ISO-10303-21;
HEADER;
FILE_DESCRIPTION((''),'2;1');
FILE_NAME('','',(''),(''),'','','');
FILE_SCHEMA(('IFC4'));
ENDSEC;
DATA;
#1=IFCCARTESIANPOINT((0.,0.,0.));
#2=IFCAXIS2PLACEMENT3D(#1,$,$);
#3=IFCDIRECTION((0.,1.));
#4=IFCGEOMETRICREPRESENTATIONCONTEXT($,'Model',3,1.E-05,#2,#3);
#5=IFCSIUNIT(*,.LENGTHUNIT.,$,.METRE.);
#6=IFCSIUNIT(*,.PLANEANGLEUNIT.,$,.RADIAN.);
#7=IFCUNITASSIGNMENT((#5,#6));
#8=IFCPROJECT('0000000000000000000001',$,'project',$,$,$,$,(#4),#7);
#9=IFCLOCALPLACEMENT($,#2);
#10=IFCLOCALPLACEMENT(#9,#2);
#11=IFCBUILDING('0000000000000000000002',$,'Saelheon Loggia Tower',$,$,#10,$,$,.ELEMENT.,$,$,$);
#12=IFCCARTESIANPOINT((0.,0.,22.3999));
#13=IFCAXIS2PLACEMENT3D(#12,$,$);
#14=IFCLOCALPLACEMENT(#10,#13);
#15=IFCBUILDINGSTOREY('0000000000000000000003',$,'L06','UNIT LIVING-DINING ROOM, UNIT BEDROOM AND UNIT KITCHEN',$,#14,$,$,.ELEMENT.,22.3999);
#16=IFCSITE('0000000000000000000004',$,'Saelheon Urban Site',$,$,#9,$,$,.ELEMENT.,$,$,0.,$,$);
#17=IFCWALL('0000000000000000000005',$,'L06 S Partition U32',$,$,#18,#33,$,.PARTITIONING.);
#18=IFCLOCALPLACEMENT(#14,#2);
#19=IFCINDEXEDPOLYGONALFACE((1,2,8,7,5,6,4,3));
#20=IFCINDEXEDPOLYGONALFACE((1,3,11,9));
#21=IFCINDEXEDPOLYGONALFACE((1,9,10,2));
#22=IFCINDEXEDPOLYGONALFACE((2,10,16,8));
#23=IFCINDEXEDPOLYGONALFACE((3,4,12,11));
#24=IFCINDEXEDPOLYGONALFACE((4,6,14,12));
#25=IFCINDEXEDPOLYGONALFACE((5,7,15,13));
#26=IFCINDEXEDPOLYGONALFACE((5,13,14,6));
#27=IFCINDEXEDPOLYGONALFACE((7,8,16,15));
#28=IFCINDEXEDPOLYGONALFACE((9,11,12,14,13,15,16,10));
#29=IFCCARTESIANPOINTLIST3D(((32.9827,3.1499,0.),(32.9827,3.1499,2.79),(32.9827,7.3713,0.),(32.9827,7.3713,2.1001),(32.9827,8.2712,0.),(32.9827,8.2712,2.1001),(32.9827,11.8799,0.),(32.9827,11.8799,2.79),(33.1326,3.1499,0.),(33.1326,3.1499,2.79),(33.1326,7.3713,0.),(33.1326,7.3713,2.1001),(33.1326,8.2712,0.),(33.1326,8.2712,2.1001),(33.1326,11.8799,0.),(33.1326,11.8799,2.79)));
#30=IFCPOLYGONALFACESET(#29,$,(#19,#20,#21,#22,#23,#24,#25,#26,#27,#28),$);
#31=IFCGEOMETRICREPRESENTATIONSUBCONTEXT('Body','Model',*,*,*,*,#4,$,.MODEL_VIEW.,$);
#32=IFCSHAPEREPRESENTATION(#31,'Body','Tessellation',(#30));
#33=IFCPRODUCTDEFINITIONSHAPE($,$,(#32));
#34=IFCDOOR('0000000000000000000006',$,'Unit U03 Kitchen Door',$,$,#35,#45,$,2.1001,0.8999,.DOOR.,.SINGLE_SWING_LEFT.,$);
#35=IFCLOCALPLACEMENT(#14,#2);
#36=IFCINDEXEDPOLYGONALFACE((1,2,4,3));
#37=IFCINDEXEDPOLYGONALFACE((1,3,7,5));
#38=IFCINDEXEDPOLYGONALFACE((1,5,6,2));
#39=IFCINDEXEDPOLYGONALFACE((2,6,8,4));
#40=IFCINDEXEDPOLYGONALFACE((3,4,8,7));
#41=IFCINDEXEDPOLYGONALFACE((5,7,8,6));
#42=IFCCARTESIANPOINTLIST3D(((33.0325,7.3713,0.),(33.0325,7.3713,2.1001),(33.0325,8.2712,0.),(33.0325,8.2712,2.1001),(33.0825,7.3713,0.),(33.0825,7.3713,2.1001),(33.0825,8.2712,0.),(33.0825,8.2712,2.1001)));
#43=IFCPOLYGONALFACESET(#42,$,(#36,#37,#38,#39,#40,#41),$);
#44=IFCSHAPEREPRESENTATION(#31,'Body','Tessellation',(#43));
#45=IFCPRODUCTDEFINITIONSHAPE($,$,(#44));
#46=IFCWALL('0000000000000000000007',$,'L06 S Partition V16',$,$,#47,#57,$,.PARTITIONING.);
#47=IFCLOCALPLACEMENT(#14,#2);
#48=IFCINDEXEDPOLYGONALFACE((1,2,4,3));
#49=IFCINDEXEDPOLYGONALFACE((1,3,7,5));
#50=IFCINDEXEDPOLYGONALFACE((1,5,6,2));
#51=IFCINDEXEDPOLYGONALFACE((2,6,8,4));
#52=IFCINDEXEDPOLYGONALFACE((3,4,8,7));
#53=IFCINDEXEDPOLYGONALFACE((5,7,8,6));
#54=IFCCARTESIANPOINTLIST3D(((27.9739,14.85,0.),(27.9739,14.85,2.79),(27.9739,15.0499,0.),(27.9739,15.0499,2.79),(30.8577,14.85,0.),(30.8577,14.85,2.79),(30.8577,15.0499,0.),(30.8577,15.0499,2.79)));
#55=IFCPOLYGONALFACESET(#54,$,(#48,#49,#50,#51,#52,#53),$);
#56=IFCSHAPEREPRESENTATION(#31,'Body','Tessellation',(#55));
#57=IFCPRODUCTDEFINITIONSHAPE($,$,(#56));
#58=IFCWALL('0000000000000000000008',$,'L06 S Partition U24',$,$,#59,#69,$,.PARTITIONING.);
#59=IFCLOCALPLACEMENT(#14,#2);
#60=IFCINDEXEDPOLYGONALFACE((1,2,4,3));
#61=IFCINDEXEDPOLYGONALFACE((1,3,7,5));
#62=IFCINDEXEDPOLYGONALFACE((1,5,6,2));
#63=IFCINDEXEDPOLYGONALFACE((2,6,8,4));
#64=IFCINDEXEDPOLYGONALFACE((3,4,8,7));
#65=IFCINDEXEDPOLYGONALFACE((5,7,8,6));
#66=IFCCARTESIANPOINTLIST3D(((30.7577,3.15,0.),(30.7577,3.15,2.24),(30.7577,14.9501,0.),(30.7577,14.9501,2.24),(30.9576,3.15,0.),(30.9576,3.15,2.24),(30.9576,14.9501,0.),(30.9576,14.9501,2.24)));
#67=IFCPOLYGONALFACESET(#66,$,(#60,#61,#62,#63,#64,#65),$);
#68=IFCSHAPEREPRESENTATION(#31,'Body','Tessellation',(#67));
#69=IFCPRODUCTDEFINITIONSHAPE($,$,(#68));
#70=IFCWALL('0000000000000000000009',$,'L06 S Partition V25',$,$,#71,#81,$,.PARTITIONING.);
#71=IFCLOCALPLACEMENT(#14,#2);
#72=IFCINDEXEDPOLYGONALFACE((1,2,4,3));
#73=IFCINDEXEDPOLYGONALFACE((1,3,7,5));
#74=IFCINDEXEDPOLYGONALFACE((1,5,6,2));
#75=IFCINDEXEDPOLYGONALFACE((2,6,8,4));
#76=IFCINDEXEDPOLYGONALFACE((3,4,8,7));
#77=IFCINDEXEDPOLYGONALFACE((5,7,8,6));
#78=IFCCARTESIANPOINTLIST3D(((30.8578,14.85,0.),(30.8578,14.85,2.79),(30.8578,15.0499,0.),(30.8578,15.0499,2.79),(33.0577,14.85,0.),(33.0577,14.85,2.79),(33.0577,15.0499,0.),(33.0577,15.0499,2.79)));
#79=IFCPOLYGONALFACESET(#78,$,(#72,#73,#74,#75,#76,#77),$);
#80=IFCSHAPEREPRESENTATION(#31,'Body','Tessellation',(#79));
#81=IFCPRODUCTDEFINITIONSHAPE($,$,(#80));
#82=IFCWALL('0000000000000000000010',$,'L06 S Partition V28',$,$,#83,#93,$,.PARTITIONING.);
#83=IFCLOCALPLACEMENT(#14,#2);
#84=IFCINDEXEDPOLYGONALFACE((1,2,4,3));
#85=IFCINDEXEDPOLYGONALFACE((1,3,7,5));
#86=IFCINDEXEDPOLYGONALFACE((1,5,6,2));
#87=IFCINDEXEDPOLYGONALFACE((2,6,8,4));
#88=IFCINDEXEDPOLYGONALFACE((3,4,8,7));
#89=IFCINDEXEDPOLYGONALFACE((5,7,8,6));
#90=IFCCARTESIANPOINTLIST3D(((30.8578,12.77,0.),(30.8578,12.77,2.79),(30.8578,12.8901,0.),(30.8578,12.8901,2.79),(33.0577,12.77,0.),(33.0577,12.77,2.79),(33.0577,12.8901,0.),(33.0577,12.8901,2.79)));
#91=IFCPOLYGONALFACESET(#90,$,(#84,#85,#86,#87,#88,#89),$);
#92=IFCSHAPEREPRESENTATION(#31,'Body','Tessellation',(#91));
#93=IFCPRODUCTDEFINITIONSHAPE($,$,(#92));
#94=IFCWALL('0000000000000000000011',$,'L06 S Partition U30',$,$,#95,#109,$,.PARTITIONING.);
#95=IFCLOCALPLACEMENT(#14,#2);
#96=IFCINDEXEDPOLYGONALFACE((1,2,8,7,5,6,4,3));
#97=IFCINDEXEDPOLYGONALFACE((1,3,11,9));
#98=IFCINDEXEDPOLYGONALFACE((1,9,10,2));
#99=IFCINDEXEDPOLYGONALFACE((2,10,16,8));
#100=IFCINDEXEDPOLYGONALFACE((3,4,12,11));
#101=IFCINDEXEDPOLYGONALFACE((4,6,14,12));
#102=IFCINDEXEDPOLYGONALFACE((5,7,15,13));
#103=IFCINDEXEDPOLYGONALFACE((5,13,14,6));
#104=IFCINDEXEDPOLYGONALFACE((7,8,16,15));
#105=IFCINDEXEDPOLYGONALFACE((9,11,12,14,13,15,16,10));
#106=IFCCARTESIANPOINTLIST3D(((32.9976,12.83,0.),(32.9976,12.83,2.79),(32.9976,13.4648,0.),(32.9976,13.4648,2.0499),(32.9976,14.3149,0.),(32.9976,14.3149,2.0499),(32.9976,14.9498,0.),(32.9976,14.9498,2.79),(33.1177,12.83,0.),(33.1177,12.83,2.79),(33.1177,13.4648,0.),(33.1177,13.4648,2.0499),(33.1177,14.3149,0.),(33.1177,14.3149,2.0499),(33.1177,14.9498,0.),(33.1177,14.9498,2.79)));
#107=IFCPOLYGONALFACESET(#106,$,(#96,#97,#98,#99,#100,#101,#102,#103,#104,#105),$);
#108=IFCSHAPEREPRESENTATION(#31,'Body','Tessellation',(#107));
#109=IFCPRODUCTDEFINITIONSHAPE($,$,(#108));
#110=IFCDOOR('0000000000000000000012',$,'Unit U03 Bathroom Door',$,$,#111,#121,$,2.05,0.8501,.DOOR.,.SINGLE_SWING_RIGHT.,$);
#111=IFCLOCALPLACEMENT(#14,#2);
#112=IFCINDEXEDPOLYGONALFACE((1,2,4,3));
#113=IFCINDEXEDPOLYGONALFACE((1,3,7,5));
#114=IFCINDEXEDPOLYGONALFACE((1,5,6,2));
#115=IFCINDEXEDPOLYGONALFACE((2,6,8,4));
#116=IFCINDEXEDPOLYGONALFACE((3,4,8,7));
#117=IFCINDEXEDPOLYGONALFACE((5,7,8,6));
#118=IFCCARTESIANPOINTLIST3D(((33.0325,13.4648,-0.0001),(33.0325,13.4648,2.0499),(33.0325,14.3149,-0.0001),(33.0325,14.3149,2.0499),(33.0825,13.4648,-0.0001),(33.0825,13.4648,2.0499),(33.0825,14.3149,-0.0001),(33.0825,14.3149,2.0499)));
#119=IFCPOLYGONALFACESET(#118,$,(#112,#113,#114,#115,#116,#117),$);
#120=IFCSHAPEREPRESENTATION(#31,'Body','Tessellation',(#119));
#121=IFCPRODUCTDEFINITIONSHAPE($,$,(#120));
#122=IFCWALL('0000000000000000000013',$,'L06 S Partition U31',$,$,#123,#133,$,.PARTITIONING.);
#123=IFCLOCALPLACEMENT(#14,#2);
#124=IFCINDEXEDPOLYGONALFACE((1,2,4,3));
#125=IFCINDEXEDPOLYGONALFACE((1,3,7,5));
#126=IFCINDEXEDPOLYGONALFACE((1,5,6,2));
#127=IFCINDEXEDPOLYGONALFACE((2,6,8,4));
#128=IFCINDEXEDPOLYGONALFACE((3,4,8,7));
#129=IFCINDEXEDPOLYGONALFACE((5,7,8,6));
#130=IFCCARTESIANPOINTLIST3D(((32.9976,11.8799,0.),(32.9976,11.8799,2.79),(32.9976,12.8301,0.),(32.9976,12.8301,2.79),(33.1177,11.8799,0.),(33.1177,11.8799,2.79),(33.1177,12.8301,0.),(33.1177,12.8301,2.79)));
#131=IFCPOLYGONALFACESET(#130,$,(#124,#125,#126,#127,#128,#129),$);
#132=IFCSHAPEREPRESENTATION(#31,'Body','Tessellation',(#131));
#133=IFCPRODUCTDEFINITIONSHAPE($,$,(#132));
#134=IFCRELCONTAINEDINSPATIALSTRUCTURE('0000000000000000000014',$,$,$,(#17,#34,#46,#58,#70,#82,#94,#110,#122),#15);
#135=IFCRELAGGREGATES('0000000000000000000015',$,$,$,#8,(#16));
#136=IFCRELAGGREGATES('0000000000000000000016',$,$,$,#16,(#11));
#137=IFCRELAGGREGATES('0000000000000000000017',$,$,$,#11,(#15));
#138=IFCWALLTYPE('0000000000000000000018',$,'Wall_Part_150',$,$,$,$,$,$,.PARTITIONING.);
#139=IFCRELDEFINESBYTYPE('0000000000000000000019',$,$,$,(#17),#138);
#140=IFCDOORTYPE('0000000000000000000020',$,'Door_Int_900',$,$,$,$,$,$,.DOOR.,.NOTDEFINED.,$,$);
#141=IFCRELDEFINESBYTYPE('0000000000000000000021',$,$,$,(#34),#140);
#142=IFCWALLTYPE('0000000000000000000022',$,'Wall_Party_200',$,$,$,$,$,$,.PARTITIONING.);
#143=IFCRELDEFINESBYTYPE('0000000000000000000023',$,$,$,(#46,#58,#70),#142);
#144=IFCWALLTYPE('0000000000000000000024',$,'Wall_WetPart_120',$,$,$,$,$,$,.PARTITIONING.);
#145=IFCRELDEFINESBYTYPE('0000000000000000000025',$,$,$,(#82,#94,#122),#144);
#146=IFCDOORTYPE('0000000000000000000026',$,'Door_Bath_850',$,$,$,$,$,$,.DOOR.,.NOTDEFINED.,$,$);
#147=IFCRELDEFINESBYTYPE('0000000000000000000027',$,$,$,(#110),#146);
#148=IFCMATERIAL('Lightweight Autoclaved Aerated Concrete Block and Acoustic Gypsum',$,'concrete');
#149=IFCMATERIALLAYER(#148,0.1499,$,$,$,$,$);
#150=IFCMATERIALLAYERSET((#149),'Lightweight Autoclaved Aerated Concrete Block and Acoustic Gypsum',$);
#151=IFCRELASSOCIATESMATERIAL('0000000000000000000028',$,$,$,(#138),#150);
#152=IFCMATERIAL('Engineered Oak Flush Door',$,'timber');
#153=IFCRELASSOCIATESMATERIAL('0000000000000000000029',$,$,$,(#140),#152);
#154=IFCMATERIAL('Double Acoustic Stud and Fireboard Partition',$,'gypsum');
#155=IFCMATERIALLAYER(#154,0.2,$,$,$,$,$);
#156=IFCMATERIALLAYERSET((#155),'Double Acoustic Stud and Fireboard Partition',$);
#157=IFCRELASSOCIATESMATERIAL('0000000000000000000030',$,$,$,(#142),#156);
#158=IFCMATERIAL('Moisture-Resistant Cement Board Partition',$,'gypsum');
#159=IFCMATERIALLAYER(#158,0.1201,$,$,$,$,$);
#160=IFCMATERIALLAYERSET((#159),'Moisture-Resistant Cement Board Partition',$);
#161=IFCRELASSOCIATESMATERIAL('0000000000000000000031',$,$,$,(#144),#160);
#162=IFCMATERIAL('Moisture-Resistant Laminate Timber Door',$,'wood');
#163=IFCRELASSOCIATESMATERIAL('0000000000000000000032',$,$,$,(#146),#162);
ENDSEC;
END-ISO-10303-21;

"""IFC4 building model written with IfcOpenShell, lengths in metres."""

from ifc_helpers import new_model, si_unit, direction, frame, frame_2d, origin, place, context, subcontext, project, spatial, rectangle, extrude, source, transform, mapped, material, layer, layer_set, type_object, element, fill, save


model = new_model("IFC4")

# Units and contexts
model_context = context("Model", 3, precision=1e-05, world=origin(), true_north=direction((0.0, 1.0)))
body_context = subcontext(model_context, "Body", "Model", "MODEL_VIEW")
ifc_project = project(units=[si_unit("LENGTHUNIT", "METRE"), si_unit("PLANEANGLEUNIT", "RADIAN")], contexts=[model_context])

# Site, building, storey
site_placement = place(None, origin())
site = spatial("IfcSite", under=ifc_project, at=site_placement, Name="Saelheon Urban Site", CompositionType="ELEMENT", RefElevation=0.0)
building_placement = place(site_placement, origin())
building = spatial("IfcBuilding", under=site, at=building_placement, Name="Saelheon Loggia Tower", CompositionType="ELEMENT")
storey_placement = place(building_placement, frame((0.0, 0.0, 22.3999)))
storey = spatial("IfcBuildingStorey", under=building, at=storey_placement, Name="L06", Description="UNIT LIVING-DINING ROOM, UNIT BEDROOM AND UNIT KITCHEN", CompositionType="ELEMENT", Elevation=22.3999)

# Wall, opening, door
ifc_material_1 = material(Name="Lightweight Autoclaved Aerated Concrete Block and Acoustic Gypsum", Category="concrete")
ifc_layer_1 = layer(ifc_material_1, 0.1499)
ifc_layer_set_1 = layer_set([ifc_layer_1], Name="Lightweight Autoclaved Aerated Concrete Block and Acoustic Gypsum")
wall_type_1 = type_object("IfcWallType", Name="Wall_Part_150", PredefinedType="PARTITIONING", material=ifc_layer_set_1)
ifc_material_2 = material(Name="Engineered Oak Flush Door", Category="timber")
door_type_1 = type_object("IfcDoorType", Name="Door_Int_900", OperationType="NOTDEFINED", PredefinedType="DOOR", material=ifc_material_2)
shared_shape_1 = source(origin(), body_context, "Body", "SweptSolid", [
    extrude(rectangle(XDim=0.8999, YDim=2.1001, at=frame_2d((0.45, 1.05))), frame((0.0, 0.0249, 0.0), z_axis=(0.0, -1.0, 0.0), x_axis=(1.0, 0.0, 0.0)), (0.0, 0.0, 1.0), 0.05),
])
wall_1_placement = place(storey_placement, frame((33.0576, 11.8799, 0.0), z_axis=(0.0, 0.0, 1.0), x_axis=(0.0, -1.0, 0.0)))
wall_1 = element("IfcWall", 1, at=wall_1_placement, inside=storey, type_object=wall_type_1, Name="L06 S Partition U32", PredefinedType="PARTITIONING", context=body_context, shape_type="SweptSolid", body=[
    extrude(rectangle(XDim=8.73, YDim=0.1499, at=frame_2d((4.365, 0.0))), origin(), (0.0, 0.0, 1.0), 2.79),
])
opening_1_placement = place(wall_1_placement, frame((3.6086, 0.0, 0.0)))
opening_1 = element("IfcOpeningElement", 2, at=opening_1_placement, cuts=wall_1, PredefinedType="OPENING", context=body_context, shape_type="SweptSolid", body=[
    extrude(rectangle(XDim=0.8999, YDim=2.1001, at=frame_2d((0.45, 1.05))), frame((0.0, 0.0869, 0.0), z_axis=(0.0, -1.0, 0.0), x_axis=(1.0, 0.0, 0.0)), (0.0, 0.0, 1.0), 0.1738),
])
door_1_placement = place(opening_1_placement, origin())
door_1 = element("IfcDoor", 3, at=door_1_placement, inside=storey, type_object=door_type_1, Name="Unit U03 Kitchen Door", OperationType="SINGLE_SWING_LEFT", OverallHeight=2.1001, OverallWidth=0.8999, PredefinedType="DOOR", context=body_context, shape_type="MappedRepresentation", body=[
    mapped(shared_shape_1, transform((0.0, 0.0, 0.0), scale=1.0)),
])
fill(opening_1, door_1)

# Walls
ifc_material_3 = material(Name="Double Acoustic Stud and Fireboard Partition", Category="gypsum")
ifc_layer_2 = layer(ifc_material_3, 0.2)
ifc_layer_set_2 = layer_set([ifc_layer_2], Name="Double Acoustic Stud and Fireboard Partition")
wall_type_2 = type_object("IfcWallType", Name="Wall_Party_200", PredefinedType="PARTITIONING", material=ifc_layer_set_2)
wall_2_placement = place(storey_placement, frame((27.9739, 14.95, 0.0), z_axis=(0.0, 0.0, 1.0), x_axis=(1.0, 0.0, 0.0)))
element("IfcWall", 4, at=wall_2_placement, inside=storey, type_object=wall_type_2, Name="L06 S Partition V16", PredefinedType="PARTITIONING", context=body_context, shape_type="SweptSolid", body=[
    extrude(rectangle(XDim=2.8838, YDim=0.2, at=frame_2d((1.4419, 0.0))), origin(), (0.0, 0.0, 1.0), 2.79),
])
wall_3_placement = place(storey_placement, frame((30.8577, 14.95, 0.0), z_axis=(0.0, 0.0, 1.0), x_axis=(0.0, -1.0, 0.0)))
element("IfcWall", 5, at=wall_3_placement, inside=storey, type_object=wall_type_2, Name="L06 S Partition U24", PredefinedType="PARTITIONING", context=body_context, shape_type="SweptSolid", body=[
    extrude(rectangle(XDim=11.8, YDim=0.2, at=frame_2d((5.8999, 0.0))), origin(), (0.0, 0.0, 1.0), 2.24),
])
wall_4_placement = place(storey_placement, frame((30.8577, 14.95, 0.0), z_axis=(0.0, 0.0, 1.0), x_axis=(1.0, 0.0, 0.0)))
element("IfcWall", 6, at=wall_4_placement, inside=storey, type_object=wall_type_2, Name="L06 S Partition V25", PredefinedType="PARTITIONING", context=body_context, shape_type="SweptSolid", body=[
    extrude(rectangle(XDim=2.2, YDim=0.2, at=frame_2d((1.1001, 0.0))), origin(), (0.0, 0.0, 1.0), 2.79),
])

# Wall
ifc_material_4 = material(Name="Moisture-Resistant Cement Board Partition", Category="gypsum")
ifc_layer_3 = layer(ifc_material_4, 0.1201)
ifc_layer_set_3 = layer_set([ifc_layer_3], Name="Moisture-Resistant Cement Board Partition")
wall_type_3 = type_object("IfcWallType", Name="Wall_WetPart_120", PredefinedType="PARTITIONING", material=ifc_layer_set_3)
wall_5_placement = place(storey_placement, frame((30.8577, 12.8301, 0.0), z_axis=(0.0, 0.0, 1.0), x_axis=(1.0, 0.0, 0.0)))
element("IfcWall", 7, at=wall_5_placement, inside=storey, type_object=wall_type_3, Name="L06 S Partition V28", PredefinedType="PARTITIONING", context=body_context, shape_type="SweptSolid", body=[
    extrude(rectangle(XDim=2.2, YDim=0.1201, at=frame_2d((1.1001, 0.0))), origin(), (0.0, 0.0, 1.0), 2.79),
])

# Wall, opening, door
wall_6_placement = place(storey_placement, frame((33.0576, 14.95, 0.0), z_axis=(0.0, 0.0, 1.0), x_axis=(0.0, -1.0, 0.0)))
wall_6 = element("IfcWall", 8, at=wall_6_placement, inside=storey, type_object=wall_type_3, Name="L06 S Partition U30", PredefinedType="PARTITIONING", context=body_context, shape_type="SweptSolid", body=[
    extrude(rectangle(XDim=2.1199, YDim=0.1201, at=frame_2d((1.0601, 0.0))), origin(), (0.0, 0.0, 1.0), 2.79),
])
opening_2_placement = place(wall_6_placement, frame((0.635, 0.0, 0.0)))
opening_2 = element("IfcOpeningElement", 9, at=opening_2_placement, cuts=wall_6, PredefinedType="OPENING", context=body_context, shape_type="SweptSolid", body=[
    extrude(rectangle(XDim=0.8501, YDim=2.05, at=frame_2d((0.425, 1.0249))), frame((0.0, 0.072, 0.0), z_axis=(0.0, -1.0, 0.0), x_axis=(1.0, 0.0, 0.0)), (0.0, 0.0, 1.0), 0.144),
])
ifc_material_5 = material(Name="Moisture-Resistant Laminate Timber Door", Category="wood")
door_type_2 = type_object("IfcDoorType", Name="Door_Bath_850", OperationType="NOTDEFINED", PredefinedType="DOOR", material=ifc_material_5)
shared_shape_2 = source(origin(), body_context, "Body", "SweptSolid", [
    extrude(rectangle(XDim=0.8501, YDim=2.05, at=frame_2d((0.425, 1.0249))), frame((0.0, 0.0249, 0.0), z_axis=(0.0, -1.0, 0.0), x_axis=(1.0, 0.0, 0.0)), (0.0, 0.0, 1.0), 0.05),
])
door_2_placement = place(opening_2_placement, origin())
door_2 = element("IfcDoor", 10, at=door_2_placement, inside=storey, type_object=door_type_2, Name="Unit U03 Bathroom Door", OperationType="SINGLE_SWING_RIGHT", OverallHeight=2.05, OverallWidth=0.8501, PredefinedType="DOOR", context=body_context, shape_type="MappedRepresentation", body=[
    mapped(shared_shape_2, transform((0.0, 0.0, 0.0), scale=1.0)),
])
fill(opening_2, door_2)

# Wall
wall_7_placement = place(storey_placement, frame((33.0576, 12.8301, 0.0), z_axis=(0.0, 0.0, 1.0), x_axis=(0.0, -1.0, 0.0)))
element("IfcWall", 11, at=wall_7_placement, inside=storey, type_object=wall_type_3, Name="L06 S Partition U31", PredefinedType="PARTITIONING", context=body_context, shape_type="SweptSolid", body=[
    extrude(rectangle(XDim=0.9502, YDim=0.1201, at=frame_2d((0.4751, 0.0))), origin(), (0.0, 0.0, 1.0), 2.79),
])

save(model, "model.ifc")
